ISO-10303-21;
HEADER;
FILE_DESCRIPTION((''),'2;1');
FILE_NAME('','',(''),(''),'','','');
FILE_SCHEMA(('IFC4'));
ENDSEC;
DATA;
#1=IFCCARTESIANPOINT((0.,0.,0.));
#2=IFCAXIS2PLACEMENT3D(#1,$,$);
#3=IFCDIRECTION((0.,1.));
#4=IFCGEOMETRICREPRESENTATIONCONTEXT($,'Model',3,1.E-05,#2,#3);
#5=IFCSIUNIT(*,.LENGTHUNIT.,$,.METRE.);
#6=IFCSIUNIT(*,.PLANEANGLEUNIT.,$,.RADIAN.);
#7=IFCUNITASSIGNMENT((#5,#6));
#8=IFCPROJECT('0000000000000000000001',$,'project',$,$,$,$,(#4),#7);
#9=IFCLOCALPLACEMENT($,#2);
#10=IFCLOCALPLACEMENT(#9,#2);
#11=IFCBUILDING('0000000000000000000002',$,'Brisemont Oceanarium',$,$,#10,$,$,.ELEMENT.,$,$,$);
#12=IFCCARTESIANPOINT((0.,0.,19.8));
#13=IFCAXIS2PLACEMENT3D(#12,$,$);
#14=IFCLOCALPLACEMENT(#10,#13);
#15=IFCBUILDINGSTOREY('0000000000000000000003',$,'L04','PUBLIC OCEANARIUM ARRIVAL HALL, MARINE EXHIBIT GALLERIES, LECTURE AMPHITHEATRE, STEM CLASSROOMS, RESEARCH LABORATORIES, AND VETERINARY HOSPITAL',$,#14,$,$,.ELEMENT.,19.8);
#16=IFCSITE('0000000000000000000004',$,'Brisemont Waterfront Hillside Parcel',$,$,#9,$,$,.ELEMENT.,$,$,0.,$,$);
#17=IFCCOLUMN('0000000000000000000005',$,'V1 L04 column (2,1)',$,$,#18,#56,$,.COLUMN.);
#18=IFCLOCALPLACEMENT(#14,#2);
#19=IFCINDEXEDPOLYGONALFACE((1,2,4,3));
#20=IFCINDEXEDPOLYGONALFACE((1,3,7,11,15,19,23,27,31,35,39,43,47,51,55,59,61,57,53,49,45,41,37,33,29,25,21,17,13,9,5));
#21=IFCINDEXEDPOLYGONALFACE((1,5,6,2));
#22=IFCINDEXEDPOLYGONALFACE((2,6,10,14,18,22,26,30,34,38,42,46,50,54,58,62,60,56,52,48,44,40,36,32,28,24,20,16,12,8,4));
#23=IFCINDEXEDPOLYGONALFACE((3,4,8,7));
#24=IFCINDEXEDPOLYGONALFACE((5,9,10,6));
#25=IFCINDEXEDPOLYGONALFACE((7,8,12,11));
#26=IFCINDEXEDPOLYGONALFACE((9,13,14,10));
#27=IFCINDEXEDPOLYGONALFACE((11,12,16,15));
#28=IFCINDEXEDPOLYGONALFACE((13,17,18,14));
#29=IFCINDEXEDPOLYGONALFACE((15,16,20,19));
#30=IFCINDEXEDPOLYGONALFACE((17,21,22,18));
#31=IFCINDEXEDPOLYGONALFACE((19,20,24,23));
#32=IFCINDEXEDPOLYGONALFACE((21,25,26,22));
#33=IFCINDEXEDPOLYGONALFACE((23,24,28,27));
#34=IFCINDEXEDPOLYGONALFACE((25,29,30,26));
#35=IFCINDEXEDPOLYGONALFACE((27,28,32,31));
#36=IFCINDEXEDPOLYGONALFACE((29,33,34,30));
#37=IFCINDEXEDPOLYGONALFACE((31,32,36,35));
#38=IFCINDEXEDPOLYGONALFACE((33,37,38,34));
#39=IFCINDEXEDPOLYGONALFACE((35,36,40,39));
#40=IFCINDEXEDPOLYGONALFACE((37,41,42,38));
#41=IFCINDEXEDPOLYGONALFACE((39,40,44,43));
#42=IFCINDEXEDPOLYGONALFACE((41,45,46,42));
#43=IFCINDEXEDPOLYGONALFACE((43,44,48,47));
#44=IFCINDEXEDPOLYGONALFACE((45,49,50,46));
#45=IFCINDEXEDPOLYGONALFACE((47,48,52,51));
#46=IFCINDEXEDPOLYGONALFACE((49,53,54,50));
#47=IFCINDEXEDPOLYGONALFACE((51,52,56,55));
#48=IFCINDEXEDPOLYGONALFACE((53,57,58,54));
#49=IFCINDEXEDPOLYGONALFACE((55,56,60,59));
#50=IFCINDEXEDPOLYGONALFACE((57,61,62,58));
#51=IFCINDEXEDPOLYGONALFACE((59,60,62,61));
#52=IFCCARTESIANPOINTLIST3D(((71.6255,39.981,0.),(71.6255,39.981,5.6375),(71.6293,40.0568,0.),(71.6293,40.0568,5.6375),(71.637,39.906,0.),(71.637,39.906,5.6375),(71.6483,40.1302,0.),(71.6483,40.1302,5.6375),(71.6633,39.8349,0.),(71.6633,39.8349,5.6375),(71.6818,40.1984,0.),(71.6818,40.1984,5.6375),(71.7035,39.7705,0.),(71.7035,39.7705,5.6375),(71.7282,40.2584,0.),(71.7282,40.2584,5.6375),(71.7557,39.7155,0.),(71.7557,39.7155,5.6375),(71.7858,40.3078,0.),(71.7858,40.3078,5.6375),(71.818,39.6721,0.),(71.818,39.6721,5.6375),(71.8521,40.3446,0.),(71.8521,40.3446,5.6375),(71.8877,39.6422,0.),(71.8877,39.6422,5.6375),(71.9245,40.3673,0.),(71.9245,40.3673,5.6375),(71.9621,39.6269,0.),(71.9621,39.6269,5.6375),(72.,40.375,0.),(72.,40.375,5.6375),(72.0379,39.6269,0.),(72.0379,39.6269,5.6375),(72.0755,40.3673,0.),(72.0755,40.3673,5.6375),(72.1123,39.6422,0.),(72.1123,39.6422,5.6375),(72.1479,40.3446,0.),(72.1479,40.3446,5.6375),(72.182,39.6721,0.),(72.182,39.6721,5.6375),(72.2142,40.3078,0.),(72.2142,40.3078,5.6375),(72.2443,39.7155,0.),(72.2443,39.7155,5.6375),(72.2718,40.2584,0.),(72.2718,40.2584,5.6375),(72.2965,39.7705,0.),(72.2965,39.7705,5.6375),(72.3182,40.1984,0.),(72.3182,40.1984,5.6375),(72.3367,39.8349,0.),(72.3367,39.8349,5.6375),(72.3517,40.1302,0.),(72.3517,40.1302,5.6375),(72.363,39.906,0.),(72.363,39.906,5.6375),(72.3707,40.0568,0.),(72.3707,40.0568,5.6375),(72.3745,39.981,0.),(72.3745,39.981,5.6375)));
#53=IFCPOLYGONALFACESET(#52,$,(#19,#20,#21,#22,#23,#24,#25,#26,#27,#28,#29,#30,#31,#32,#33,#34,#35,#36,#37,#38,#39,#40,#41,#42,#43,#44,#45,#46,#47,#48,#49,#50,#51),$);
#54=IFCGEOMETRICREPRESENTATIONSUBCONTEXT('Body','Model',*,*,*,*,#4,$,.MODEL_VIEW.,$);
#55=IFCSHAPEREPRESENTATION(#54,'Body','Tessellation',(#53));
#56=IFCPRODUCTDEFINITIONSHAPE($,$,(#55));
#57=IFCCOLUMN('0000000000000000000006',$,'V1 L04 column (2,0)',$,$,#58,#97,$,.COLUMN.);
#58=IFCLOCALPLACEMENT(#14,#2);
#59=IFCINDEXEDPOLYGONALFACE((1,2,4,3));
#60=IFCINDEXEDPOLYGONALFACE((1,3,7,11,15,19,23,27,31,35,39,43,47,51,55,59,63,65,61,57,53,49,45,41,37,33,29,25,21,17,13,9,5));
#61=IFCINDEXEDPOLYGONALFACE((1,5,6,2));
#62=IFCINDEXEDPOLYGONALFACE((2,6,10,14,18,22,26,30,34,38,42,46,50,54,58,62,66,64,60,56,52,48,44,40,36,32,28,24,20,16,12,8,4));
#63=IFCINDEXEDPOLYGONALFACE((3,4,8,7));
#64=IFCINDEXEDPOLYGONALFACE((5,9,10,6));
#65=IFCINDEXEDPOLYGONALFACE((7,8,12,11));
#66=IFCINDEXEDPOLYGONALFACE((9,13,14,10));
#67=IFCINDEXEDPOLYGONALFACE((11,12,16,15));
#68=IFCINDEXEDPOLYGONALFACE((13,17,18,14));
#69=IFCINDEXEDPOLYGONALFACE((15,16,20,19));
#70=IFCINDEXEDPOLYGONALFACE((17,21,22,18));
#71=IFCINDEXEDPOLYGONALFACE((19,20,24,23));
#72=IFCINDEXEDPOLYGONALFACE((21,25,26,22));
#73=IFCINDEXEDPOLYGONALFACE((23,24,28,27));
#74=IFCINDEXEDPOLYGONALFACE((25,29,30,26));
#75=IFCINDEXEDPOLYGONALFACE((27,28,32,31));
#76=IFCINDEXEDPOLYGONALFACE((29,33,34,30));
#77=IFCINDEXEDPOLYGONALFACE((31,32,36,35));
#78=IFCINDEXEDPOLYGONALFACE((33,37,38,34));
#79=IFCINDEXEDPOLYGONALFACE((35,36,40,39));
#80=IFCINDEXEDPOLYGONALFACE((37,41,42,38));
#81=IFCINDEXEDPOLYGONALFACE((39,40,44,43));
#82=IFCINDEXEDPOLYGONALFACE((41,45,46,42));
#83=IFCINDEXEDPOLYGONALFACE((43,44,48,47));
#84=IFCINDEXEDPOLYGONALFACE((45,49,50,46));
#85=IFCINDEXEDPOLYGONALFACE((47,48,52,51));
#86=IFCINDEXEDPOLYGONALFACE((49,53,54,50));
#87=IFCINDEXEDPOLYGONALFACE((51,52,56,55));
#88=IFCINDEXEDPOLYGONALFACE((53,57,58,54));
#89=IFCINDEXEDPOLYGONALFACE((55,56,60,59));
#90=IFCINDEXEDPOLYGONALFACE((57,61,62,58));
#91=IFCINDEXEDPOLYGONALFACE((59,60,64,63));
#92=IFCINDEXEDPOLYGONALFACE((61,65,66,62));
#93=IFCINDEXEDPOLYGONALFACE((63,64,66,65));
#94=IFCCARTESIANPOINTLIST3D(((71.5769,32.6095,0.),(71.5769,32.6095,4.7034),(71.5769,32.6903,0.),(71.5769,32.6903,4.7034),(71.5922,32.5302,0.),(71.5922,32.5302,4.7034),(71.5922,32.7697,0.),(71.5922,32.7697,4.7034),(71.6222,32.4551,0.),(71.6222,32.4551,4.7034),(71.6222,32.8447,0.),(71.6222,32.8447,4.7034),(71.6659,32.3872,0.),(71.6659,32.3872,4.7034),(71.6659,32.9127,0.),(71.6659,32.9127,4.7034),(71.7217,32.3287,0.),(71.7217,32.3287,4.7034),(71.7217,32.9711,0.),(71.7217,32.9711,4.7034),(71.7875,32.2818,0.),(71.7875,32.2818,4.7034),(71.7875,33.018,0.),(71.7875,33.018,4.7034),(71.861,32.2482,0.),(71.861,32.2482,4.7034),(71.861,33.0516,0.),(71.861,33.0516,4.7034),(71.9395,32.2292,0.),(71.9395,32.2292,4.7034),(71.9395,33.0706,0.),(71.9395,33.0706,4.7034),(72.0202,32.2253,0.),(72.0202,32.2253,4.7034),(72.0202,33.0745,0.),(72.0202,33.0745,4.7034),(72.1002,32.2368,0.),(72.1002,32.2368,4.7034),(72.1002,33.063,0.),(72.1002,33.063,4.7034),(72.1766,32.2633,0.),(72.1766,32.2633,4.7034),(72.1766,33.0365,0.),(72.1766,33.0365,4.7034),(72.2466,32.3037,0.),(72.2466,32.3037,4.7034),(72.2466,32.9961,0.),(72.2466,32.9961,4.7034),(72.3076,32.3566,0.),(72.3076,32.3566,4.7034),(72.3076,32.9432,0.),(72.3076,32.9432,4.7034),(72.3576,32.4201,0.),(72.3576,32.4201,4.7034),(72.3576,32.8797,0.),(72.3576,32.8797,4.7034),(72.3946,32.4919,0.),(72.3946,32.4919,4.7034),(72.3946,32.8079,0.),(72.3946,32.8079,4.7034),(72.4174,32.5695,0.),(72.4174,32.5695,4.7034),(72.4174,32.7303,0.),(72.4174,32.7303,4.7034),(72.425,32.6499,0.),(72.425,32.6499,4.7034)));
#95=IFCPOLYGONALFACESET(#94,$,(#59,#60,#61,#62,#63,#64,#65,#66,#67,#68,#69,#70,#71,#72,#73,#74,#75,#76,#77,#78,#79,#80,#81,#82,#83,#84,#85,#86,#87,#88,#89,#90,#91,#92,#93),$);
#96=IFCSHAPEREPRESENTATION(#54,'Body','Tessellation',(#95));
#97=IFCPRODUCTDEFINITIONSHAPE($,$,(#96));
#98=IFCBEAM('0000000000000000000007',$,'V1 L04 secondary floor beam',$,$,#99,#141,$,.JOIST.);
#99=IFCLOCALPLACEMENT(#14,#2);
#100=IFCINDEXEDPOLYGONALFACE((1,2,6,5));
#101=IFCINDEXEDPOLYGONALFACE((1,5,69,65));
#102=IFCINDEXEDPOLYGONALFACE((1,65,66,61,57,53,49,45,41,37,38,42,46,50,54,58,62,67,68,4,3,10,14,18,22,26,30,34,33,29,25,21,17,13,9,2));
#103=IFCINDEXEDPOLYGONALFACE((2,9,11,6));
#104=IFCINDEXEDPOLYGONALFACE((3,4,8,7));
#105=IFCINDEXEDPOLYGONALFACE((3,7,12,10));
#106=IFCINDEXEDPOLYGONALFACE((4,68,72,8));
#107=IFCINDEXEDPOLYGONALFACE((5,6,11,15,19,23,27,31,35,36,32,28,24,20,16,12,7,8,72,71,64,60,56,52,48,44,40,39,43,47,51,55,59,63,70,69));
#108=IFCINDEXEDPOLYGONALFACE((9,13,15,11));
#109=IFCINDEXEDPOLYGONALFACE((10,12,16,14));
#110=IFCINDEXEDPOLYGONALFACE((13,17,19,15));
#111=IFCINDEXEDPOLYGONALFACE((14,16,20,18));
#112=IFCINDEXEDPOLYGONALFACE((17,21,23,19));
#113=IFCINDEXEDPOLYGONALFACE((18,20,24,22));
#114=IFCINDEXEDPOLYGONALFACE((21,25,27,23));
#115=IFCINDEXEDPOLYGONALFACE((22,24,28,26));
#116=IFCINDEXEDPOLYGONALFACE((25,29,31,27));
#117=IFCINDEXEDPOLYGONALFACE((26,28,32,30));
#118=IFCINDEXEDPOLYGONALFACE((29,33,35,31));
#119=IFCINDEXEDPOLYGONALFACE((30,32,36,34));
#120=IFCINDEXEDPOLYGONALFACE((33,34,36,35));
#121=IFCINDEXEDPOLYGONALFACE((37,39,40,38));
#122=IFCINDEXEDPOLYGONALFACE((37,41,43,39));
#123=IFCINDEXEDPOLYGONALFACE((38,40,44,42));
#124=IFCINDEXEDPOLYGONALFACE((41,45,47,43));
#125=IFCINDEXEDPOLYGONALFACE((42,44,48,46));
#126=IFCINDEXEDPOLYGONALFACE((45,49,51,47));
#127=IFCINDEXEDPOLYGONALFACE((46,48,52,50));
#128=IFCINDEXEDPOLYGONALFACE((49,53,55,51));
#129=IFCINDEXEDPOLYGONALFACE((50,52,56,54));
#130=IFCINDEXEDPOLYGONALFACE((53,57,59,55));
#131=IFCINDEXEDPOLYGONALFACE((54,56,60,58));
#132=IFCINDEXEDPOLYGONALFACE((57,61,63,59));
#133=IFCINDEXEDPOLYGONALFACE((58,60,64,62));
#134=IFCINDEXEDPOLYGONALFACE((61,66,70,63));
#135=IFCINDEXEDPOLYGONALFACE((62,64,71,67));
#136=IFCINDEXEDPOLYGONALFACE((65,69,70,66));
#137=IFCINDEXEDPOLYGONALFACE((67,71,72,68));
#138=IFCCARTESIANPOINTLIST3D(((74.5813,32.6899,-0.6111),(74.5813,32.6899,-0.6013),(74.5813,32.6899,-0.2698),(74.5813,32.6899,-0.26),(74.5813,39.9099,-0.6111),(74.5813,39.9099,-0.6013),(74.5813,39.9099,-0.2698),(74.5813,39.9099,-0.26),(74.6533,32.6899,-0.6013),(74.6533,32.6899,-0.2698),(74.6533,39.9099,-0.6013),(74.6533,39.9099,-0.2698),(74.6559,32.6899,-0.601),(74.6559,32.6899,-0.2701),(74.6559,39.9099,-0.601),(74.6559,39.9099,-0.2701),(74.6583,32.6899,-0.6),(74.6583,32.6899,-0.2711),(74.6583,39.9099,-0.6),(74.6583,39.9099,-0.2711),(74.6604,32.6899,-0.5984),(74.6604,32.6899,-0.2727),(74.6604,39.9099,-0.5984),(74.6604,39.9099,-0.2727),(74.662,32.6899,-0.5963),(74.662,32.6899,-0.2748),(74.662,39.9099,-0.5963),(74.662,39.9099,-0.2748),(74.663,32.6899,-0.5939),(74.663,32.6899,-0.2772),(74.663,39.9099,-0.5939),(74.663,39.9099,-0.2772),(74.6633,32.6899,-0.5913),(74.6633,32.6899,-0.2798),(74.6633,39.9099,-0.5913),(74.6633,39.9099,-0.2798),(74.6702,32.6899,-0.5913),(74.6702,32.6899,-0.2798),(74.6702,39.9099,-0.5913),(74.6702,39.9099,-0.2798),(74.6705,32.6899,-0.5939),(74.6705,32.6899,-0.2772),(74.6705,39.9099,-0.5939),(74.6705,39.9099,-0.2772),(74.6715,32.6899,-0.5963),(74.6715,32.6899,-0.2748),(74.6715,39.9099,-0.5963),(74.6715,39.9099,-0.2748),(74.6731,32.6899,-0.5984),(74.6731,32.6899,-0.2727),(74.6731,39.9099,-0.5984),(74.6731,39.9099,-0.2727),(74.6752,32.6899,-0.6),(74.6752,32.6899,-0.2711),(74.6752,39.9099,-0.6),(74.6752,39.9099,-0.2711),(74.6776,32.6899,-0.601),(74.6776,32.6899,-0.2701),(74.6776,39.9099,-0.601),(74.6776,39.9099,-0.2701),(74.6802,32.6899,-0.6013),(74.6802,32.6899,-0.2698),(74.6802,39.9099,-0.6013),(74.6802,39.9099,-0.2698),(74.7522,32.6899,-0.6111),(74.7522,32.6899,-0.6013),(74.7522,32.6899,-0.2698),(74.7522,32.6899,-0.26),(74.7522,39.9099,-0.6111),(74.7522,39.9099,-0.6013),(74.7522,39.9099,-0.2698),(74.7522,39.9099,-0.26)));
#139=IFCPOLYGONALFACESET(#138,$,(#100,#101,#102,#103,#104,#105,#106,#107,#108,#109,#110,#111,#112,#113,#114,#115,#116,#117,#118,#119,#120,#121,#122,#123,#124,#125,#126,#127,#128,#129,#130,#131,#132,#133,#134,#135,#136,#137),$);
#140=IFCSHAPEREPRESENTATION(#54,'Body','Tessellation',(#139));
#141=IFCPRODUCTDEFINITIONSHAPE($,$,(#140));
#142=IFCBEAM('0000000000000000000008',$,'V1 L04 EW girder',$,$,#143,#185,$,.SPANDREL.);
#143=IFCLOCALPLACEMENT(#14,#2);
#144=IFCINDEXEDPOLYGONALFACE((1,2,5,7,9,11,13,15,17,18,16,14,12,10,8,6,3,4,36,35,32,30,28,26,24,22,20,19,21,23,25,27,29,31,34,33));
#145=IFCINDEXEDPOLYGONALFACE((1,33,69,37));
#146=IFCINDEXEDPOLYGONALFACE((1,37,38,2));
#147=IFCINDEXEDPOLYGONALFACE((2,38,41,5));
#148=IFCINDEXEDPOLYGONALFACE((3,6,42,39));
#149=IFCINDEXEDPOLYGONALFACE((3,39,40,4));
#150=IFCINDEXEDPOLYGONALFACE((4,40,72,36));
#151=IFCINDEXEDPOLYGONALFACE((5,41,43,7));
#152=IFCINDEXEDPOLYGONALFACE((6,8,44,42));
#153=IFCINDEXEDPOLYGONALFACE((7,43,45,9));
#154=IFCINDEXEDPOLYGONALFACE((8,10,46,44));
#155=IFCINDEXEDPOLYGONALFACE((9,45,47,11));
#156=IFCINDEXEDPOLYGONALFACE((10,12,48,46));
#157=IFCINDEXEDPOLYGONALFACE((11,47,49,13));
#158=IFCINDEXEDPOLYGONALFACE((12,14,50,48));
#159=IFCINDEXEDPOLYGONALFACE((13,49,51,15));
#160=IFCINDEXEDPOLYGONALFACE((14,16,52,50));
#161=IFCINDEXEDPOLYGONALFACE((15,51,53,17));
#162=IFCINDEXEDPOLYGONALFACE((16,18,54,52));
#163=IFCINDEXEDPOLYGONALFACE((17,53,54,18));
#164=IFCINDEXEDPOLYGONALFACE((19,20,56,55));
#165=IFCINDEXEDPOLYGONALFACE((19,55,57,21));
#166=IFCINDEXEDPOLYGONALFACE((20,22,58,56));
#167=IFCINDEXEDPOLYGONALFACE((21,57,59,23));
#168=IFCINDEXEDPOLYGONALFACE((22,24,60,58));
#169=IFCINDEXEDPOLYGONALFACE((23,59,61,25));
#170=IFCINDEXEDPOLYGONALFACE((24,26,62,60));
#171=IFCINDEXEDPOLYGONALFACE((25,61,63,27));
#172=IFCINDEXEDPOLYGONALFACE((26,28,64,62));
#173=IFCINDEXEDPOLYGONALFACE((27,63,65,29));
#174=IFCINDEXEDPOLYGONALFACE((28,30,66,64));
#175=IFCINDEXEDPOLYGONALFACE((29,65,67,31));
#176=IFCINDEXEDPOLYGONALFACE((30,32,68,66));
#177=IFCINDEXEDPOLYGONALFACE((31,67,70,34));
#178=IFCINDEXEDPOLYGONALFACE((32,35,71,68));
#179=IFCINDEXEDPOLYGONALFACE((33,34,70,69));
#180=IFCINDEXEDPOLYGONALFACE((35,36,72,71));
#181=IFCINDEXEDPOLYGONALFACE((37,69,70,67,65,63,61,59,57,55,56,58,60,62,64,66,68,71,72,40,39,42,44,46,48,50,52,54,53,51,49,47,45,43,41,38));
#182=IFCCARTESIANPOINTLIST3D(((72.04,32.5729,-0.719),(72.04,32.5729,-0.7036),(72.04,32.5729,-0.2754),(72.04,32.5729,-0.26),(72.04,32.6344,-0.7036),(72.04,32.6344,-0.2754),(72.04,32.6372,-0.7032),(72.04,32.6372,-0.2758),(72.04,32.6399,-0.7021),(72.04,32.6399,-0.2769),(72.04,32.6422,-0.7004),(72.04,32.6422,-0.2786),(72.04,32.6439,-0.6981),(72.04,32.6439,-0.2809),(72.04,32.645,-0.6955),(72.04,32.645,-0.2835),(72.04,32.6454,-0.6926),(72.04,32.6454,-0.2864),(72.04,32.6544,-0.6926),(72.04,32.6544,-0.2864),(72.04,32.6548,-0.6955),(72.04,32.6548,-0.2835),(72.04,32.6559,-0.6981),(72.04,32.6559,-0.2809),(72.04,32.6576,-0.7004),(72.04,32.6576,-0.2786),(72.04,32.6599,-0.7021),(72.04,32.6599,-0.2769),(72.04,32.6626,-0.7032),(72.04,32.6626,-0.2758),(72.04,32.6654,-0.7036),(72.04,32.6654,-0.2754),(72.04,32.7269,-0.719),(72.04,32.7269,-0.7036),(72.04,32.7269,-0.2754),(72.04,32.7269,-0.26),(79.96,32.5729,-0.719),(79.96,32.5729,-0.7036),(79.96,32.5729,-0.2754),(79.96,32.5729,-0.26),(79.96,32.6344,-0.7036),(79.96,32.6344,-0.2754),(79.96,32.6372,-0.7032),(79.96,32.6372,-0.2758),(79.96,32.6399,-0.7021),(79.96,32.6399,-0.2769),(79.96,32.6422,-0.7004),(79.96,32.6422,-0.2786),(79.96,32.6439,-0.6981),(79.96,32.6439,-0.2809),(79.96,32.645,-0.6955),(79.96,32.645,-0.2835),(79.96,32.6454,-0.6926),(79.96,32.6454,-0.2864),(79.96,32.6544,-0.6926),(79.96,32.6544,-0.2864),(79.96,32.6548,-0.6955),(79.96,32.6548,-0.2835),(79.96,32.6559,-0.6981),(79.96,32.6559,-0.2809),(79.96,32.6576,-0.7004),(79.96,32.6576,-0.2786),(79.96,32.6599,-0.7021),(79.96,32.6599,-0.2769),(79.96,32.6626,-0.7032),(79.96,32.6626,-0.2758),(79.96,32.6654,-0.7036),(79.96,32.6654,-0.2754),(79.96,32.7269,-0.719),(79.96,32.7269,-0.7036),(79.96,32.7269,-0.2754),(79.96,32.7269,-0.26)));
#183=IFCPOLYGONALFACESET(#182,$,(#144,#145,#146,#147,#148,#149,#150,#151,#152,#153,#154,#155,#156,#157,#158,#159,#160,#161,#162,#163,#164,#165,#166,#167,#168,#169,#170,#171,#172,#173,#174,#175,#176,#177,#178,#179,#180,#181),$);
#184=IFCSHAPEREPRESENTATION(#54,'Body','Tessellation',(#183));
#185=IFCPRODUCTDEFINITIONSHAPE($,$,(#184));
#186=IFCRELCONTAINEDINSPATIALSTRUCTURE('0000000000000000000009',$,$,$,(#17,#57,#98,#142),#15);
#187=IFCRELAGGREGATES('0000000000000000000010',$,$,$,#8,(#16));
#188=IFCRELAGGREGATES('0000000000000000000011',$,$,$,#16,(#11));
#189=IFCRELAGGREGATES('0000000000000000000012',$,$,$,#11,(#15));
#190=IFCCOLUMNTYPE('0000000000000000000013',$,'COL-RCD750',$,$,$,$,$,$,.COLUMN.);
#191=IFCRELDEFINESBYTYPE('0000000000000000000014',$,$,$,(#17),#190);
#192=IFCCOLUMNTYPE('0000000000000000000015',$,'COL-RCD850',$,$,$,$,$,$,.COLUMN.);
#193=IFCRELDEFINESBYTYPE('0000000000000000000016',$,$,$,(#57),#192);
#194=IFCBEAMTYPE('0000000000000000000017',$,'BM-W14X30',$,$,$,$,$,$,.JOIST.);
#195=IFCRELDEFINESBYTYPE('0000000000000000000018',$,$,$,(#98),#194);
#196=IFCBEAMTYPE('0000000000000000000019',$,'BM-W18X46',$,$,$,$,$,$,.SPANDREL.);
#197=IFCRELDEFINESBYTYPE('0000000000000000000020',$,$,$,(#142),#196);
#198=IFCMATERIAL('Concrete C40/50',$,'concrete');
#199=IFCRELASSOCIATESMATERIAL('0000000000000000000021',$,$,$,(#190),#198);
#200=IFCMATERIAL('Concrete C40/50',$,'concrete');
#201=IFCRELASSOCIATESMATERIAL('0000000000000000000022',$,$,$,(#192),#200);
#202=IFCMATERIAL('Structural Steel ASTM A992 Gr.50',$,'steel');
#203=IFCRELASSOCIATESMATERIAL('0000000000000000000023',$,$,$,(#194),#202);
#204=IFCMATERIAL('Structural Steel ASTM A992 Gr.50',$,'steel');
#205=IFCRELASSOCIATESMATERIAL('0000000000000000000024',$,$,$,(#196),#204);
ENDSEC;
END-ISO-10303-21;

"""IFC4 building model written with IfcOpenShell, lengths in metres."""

from ifc_helpers import new_model, si_unit, direction, frame, origin, origin_2d, place, context, subcontext, project, spatial, circle, i_section, extrude, material, material_profile, profile_set, type_object, element, save


model = new_model("IFC4")

# Units and contexts
model_context = context("Model", 3, precision=1e-05, world=origin(), true_north=direction((0.0, 1.0)))
body_context = subcontext(model_context, "Body", "Model", "MODEL_VIEW")
ifc_project = project(units=[si_unit("LENGTHUNIT", "METRE"), si_unit("PLANEANGLEUNIT", "RADIAN")], contexts=[model_context])

# Site, building, storey
site_placement = place(None, origin())
site = spatial("IfcSite", under=ifc_project, at=site_placement, Name="Brisemont Waterfront Hillside Parcel", CompositionType="ELEMENT", RefElevation=0.0)
building_placement = place(site_placement, origin())
building = spatial("IfcBuilding", under=site, at=building_placement, Name="Brisemont Oceanarium", CompositionType="ELEMENT")
storey_placement = place(building_placement, frame((0.0, 0.0, 19.8)))
storey = spatial("IfcBuildingStorey", under=building, at=storey_placement, Name="L04", Description="PUBLIC OCEANARIUM ARRIVAL HALL, MARINE EXHIBIT GALLERIES, LECTURE AMPHITHEATRE, STEM CLASSROOMS, RESEARCH LABORATORIES, AND VETERINARY HOSPITAL", CompositionType="ELEMENT", Elevation=19.8)

# Columns
ifc_material_1 = material(Name="Concrete C40/50", Category="concrete")
ifc_material_profile_1 = material_profile(ifc_material_1, circle(Radius=0.375, at=origin_2d()), Name="RC-COL-D750")
ifc_profile_set_1 = profile_set([ifc_material_profile_1], Name="Concrete C40/50")
column_type_1 = type_object("IfcColumnType", Name="COL-RCD750", PredefinedType="COLUMN", material=ifc_profile_set_1)
column_1_placement = place(storey_placement, frame((72.0, 40.0, 0.0), z_axis=(0.0, 0.0, 1.0), x_axis=(0.0, 1.0, 0.0)))
element("IfcColumn", 1, at=column_1_placement, inside=storey, type_object=column_type_1, Name="V1 L04 column (2,1)", PredefinedType="COLUMN", context=body_context, shape_type="SweptSolid", body=[
    extrude(circle(Radius=0.375, at=origin_2d()), origin(), (0.0, 0.0, 1.0), 5.6375),
])
ifc_material_2 = material(Name="Concrete C40/50", Category="concrete")
ifc_material_profile_2 = material_profile(ifc_material_2, circle(Radius=0.425, at=origin_2d()), Name="RC-COL-D850")
ifc_profile_set_2 = profile_set([ifc_material_profile_2], Name="Concrete C40/50")
column_type_2 = type_object("IfcColumnType", Name="COL-RCD850", PredefinedType="COLUMN", material=ifc_profile_set_2)
column_2_placement = place(storey_placement, frame((72.0, 32.6499, 0.0), z_axis=(0.0, 0.0, 1.0), x_axis=(1.0, 0.0, 0.0)))
element("IfcColumn", 2, at=column_2_placement, inside=storey, type_object=column_type_2, Name="V1 L04 column (2,0)", PredefinedType="COLUMN", context=body_context, shape_type="SweptSolid", body=[
    extrude(circle(Radius=0.425, at=origin_2d()), origin(), (0.0, 0.0, 1.0), 4.7034),
])

# Beams
ifc_material_3 = material(Name="Structural Steel ASTM A992 Gr.50", Category="steel")
ifc_material_profile_3 = material_profile(ifc_material_3, i_section(OverallWidth=0.1709, OverallDepth=0.3511, WebThickness=0.0068, FlangeThickness=0.0098, FilletRadius=0.01, at=origin_2d()), Name="W14X30")
ifc_profile_set_3 = profile_set([ifc_material_profile_3], Name="Structural Steel ASTM A992 Gr.50")
beam_type_1 = type_object("IfcBeamType", Name="BM-W14X30", PredefinedType="JOIST", material=ifc_profile_set_3)
beam_1_placement = place(storey_placement, frame((74.6667, 32.6899, -0.4355), z_axis=(0.0, 1.0, 0.0), x_axis=(-1.0, 0.0, 0.0)))
element("IfcBeam", 3, at=beam_1_placement, inside=storey, type_object=beam_type_1, Name="V1 L04 secondary floor beam", PredefinedType="JOIST", context=body_context, shape_type="SweptSolid", body=[
    extrude(i_section(OverallWidth=0.1709, OverallDepth=0.3511, WebThickness=0.0068, FlangeThickness=0.0098, FilletRadius=0.01, at=origin_2d()), origin(), (0.0, 0.0, 1.0), 7.22),
])
ifc_material_4 = material(Name="Structural Steel ASTM A992 Gr.50", Category="steel")
ifc_material_profile_4 = material_profile(ifc_material_4, i_section(OverallWidth=0.1541, OverallDepth=0.459, WebThickness=0.009, FlangeThickness=0.0154, FilletRadius=0.011, at=origin_2d()), Name="W18X46")
ifc_profile_set_4 = profile_set([ifc_material_profile_4], Name="Structural Steel ASTM A992 Gr.50")
beam_type_2 = type_object("IfcBeamType", Name="BM-W18X46", PredefinedType="SPANDREL", material=ifc_profile_set_4)
beam_2_placement = place(storey_placement, frame((72.04, 32.6499, -0.4895), z_axis=(1.0, 0.0, 0.0), x_axis=(0.0, 1.0, 0.0)))
element("IfcBeam", 4, at=beam_2_placement, inside=storey, type_object=beam_type_2, Name="V1 L04 EW girder", PredefinedType="SPANDREL", context=body_context, shape_type="SweptSolid", body=[
    extrude(i_section(OverallWidth=0.1541, OverallDepth=0.459, WebThickness=0.009, FlangeThickness=0.0154, FilletRadius=0.011, at=origin_2d()), origin(), (0.0, 0.0, 1.0), 7.9199),
])

save(model, "model.ifc")
